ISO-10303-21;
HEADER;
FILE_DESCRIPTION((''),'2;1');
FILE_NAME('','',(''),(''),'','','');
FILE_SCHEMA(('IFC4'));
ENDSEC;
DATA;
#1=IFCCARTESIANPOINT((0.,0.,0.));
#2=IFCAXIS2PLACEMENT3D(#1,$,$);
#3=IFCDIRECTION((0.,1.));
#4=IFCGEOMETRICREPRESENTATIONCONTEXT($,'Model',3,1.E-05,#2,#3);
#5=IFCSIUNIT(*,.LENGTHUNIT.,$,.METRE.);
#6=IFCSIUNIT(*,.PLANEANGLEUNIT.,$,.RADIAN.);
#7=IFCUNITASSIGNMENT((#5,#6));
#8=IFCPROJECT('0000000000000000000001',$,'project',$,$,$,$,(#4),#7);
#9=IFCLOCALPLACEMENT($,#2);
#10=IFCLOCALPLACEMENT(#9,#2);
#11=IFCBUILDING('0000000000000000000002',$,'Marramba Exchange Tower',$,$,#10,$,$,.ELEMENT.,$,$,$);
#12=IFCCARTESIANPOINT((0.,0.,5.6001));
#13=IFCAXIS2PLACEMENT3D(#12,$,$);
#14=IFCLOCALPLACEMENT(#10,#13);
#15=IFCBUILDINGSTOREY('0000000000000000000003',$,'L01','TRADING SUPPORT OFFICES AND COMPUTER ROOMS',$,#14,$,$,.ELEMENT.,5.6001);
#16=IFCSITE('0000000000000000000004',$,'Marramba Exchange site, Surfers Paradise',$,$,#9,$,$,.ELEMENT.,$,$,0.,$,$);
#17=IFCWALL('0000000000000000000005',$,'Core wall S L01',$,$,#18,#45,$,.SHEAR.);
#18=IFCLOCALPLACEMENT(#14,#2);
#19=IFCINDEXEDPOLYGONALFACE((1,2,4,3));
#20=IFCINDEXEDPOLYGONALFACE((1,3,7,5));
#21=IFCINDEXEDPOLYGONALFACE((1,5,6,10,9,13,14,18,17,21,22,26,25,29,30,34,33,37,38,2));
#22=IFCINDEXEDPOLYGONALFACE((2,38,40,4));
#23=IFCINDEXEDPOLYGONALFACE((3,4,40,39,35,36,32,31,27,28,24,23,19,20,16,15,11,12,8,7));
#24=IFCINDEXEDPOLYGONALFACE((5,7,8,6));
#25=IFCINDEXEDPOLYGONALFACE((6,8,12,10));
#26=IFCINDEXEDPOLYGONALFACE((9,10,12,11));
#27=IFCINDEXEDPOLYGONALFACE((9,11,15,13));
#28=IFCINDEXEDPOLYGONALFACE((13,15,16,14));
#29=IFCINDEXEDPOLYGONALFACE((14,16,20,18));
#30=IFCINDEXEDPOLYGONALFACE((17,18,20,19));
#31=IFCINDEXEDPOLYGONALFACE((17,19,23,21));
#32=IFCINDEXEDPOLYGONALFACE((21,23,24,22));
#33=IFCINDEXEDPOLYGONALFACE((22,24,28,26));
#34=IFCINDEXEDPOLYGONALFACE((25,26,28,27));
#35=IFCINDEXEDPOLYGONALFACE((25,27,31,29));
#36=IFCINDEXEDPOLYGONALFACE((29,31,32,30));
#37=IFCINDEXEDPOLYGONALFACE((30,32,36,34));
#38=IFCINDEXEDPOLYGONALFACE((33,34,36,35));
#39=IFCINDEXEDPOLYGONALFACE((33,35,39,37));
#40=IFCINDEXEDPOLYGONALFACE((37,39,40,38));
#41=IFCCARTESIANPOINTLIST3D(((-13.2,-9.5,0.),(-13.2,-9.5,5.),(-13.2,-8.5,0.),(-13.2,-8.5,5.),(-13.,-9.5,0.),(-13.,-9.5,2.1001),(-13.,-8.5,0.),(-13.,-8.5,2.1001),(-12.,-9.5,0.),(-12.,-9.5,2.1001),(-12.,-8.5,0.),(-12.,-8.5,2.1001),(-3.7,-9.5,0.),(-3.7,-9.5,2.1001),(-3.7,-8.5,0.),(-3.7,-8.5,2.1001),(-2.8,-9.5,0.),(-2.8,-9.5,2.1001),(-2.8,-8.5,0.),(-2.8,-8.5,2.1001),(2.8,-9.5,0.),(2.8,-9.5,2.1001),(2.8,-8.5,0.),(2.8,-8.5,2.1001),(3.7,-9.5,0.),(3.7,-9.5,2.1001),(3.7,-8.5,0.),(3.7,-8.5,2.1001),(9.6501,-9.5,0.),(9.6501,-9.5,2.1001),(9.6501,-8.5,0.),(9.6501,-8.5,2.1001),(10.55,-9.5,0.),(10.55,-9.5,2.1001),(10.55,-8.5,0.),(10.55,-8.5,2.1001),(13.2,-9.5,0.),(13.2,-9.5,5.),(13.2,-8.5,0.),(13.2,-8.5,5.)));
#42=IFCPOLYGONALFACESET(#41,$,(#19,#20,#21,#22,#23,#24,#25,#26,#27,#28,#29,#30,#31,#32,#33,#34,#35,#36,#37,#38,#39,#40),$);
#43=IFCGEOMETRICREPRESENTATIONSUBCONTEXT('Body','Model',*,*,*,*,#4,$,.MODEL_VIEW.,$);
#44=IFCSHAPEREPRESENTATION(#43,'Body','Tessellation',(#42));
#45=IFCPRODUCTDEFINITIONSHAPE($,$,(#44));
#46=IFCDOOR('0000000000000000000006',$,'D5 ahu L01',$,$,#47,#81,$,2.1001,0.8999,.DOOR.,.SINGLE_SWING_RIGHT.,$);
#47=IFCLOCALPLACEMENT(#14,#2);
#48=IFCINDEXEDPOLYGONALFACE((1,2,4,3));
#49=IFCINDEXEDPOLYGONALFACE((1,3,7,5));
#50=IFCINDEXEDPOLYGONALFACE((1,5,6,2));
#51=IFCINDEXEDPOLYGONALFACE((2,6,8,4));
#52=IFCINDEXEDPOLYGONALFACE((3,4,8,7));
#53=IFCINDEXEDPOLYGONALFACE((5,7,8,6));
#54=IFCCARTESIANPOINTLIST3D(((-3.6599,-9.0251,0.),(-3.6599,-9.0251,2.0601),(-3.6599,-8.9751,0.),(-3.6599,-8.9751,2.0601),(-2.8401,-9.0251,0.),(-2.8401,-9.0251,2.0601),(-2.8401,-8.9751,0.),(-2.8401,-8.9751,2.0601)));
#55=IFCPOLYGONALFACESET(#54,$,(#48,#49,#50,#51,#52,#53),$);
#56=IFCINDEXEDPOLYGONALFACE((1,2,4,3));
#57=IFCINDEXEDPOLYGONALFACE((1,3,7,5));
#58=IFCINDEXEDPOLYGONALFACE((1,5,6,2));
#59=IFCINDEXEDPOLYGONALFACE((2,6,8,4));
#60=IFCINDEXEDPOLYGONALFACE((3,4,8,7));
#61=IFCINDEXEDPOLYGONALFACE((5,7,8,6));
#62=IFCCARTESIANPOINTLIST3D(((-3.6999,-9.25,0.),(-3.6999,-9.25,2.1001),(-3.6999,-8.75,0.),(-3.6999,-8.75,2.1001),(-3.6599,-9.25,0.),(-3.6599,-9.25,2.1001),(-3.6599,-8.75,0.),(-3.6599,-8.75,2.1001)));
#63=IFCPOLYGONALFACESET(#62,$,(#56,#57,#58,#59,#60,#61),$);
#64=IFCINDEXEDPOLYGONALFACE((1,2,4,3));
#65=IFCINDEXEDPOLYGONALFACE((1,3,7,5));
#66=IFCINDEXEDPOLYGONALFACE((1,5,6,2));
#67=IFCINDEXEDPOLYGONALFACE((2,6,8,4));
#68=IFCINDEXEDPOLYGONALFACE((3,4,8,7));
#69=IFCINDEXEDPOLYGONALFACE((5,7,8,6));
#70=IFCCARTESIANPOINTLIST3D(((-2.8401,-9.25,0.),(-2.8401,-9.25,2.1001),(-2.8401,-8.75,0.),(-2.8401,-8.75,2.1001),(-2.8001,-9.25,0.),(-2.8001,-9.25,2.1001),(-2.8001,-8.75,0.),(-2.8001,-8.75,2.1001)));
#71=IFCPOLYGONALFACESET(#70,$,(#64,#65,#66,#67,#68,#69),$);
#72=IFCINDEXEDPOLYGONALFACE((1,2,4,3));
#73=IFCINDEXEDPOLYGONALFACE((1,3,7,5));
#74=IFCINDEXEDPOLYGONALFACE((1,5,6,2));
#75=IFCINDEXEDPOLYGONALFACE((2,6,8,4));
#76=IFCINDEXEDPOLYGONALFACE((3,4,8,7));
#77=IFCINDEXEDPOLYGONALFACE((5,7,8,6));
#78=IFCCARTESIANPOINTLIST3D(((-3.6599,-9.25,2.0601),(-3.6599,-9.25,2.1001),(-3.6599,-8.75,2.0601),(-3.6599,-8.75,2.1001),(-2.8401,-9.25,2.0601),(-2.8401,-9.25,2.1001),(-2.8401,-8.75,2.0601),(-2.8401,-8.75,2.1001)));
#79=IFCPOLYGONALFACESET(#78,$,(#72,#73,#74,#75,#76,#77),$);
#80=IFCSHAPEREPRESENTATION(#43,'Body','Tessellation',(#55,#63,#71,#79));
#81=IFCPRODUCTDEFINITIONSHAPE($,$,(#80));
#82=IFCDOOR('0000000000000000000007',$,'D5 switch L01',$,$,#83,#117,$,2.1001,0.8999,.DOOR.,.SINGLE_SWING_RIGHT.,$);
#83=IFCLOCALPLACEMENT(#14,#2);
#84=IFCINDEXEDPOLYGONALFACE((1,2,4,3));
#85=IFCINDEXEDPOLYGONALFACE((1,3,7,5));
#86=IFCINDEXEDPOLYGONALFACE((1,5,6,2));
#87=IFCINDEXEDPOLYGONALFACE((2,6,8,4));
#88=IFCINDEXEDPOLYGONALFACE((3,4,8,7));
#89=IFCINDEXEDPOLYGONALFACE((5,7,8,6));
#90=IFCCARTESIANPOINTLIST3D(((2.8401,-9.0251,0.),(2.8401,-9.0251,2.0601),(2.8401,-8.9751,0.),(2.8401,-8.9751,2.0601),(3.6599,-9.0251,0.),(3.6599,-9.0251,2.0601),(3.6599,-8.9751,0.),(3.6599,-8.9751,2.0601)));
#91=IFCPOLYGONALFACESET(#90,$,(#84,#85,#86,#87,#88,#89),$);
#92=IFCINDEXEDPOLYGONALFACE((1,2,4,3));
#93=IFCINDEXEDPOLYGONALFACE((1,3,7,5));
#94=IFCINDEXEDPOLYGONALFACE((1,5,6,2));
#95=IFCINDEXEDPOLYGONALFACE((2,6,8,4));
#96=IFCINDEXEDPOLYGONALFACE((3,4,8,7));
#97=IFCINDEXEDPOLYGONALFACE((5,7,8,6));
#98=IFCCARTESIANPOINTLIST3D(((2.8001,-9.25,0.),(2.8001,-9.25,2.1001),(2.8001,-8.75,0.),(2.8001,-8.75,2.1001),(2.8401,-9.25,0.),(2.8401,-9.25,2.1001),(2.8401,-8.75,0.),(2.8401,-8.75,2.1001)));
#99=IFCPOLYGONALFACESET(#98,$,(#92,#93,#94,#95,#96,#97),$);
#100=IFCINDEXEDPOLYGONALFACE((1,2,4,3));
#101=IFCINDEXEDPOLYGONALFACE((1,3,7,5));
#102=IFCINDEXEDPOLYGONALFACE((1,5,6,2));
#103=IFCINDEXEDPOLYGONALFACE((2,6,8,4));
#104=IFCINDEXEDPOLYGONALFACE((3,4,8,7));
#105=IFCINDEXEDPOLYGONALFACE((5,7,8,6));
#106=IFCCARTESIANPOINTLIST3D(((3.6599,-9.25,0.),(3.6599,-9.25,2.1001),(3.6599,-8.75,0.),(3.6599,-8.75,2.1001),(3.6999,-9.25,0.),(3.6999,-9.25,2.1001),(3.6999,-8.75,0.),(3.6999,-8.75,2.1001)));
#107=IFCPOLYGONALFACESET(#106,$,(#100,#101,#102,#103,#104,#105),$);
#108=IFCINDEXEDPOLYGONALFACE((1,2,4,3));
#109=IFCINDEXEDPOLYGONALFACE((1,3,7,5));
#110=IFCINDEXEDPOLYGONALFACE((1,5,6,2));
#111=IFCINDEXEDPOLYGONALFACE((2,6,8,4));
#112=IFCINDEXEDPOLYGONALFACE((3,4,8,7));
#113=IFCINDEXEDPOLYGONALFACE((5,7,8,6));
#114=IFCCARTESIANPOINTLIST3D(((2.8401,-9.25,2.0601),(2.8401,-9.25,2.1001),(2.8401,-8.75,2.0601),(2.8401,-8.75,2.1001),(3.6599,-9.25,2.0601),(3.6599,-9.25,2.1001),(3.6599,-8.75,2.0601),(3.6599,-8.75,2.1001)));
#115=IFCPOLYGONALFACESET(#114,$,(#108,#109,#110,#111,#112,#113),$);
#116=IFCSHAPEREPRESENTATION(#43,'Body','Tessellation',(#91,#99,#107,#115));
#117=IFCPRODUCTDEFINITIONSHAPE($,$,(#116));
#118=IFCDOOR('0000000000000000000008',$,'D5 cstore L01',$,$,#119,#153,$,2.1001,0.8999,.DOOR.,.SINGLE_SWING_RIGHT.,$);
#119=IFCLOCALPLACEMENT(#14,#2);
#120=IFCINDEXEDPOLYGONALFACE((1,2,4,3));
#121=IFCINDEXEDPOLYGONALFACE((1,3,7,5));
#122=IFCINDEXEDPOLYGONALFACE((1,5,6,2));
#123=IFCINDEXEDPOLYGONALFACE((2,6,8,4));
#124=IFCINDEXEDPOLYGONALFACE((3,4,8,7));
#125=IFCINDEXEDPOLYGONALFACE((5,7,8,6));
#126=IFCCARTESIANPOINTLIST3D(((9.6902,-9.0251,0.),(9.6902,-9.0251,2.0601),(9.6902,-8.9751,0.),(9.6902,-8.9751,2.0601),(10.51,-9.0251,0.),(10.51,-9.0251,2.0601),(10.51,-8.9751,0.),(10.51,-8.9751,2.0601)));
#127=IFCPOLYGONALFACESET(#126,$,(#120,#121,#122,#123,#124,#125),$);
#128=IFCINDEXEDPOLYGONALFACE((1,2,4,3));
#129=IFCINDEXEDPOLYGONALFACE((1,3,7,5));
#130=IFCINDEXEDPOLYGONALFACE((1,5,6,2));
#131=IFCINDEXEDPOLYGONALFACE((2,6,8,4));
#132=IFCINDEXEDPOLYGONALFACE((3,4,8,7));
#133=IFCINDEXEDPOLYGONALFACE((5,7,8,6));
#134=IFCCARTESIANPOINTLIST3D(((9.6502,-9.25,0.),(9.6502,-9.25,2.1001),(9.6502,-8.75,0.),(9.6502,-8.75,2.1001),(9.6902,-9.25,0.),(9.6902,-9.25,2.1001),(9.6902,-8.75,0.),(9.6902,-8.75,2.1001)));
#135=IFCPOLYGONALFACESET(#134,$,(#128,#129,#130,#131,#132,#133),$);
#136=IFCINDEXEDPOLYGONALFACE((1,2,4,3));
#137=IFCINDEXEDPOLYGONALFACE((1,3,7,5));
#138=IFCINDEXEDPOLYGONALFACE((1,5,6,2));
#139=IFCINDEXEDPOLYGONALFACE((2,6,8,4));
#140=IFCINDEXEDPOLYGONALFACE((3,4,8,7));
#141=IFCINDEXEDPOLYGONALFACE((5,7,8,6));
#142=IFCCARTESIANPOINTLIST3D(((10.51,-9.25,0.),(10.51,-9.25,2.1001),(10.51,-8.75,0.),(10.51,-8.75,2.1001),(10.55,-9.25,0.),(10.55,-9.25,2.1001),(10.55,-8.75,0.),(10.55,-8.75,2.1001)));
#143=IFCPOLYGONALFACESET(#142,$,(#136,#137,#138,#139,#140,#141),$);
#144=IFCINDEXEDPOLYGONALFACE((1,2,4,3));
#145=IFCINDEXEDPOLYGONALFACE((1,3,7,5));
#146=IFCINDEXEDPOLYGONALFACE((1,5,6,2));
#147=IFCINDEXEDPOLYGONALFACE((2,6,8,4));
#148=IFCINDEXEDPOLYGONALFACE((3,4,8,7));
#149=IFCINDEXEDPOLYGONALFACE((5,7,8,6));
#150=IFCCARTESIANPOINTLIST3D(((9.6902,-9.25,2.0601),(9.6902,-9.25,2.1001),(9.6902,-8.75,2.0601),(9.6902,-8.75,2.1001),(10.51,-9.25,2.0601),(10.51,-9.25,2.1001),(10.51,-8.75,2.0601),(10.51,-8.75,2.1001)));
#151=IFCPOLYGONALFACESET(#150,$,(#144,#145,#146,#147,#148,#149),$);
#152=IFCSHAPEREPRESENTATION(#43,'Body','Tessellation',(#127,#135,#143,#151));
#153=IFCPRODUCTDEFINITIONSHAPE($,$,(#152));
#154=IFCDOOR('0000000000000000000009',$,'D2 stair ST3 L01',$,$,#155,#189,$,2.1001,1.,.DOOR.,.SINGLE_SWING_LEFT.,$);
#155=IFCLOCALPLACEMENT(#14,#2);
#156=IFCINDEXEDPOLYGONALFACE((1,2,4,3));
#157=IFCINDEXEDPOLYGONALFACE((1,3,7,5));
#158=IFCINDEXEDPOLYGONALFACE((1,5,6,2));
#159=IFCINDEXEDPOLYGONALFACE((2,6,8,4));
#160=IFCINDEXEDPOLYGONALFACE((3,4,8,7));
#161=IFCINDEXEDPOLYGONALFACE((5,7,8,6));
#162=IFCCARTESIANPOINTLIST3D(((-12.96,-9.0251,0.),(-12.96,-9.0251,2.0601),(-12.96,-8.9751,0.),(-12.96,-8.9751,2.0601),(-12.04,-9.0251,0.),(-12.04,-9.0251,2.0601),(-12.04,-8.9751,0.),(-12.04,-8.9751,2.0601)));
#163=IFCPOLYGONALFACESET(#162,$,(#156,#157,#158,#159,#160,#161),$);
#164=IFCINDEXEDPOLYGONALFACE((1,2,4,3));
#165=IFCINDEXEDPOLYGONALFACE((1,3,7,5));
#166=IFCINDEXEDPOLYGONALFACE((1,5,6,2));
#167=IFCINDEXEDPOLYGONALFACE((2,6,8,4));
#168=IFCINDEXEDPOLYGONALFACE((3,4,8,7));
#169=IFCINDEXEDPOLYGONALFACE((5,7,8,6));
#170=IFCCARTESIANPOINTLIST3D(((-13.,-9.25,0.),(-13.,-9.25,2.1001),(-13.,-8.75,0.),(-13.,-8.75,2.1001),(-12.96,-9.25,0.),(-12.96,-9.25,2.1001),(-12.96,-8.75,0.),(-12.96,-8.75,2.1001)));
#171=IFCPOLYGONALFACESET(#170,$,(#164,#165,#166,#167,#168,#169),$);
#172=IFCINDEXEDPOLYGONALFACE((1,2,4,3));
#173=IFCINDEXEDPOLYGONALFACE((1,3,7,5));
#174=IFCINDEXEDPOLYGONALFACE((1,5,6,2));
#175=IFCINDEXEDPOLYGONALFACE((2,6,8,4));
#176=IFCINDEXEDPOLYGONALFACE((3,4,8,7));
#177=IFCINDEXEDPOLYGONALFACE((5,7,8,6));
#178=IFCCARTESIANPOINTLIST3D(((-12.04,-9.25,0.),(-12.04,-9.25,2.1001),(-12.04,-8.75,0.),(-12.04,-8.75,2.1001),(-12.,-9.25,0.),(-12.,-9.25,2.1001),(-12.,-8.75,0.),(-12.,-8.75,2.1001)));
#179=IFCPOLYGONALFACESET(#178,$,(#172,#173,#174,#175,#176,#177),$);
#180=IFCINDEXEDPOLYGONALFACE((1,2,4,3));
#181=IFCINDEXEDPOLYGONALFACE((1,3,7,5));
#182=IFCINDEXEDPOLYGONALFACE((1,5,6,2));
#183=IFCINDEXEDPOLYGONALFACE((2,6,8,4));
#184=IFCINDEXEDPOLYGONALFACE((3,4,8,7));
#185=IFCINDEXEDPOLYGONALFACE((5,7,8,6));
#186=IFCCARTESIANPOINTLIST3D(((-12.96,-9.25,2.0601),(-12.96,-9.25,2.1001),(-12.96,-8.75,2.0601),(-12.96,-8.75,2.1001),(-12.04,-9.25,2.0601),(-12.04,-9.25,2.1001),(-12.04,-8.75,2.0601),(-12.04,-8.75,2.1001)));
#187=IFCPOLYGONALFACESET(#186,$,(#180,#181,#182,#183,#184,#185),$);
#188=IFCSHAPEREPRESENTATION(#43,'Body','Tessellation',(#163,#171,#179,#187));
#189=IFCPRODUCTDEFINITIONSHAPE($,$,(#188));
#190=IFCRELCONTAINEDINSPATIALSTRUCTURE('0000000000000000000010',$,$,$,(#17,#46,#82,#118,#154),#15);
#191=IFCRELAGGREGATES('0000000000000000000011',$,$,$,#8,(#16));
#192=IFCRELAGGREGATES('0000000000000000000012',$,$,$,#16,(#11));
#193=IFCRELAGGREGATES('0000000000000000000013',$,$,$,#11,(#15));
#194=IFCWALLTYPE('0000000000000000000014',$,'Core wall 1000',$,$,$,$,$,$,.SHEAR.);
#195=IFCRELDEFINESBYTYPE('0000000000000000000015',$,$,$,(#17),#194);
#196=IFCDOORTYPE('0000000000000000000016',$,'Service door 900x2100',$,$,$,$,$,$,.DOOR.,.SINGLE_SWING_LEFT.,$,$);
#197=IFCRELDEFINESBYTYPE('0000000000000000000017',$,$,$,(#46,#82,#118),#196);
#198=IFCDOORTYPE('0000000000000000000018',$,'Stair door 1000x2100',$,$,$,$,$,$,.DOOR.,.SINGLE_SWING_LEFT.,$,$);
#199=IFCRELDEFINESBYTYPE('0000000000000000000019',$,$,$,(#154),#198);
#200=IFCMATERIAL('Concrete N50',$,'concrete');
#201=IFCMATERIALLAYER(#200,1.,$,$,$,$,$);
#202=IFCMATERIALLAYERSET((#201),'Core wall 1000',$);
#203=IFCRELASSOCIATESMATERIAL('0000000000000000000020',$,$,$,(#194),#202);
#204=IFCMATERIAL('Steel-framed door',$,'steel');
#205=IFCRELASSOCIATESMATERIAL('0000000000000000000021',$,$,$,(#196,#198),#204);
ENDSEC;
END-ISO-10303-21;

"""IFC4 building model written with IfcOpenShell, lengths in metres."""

from ifc_helpers import new_model, si_unit, direction, frame, frame_2d, origin, place, context, subcontext, project, spatial, rectangle, extrude, material, layer, layer_set, type_object, element, fill, save


model = new_model("IFC4")

# Units and contexts
model_context = context("Model", 3, precision=1e-05, world=origin(), true_north=direction((0.0, 1.0)))
body_context = subcontext(model_context, "Body", "Model", "MODEL_VIEW")
ifc_project = project(units=[si_unit("LENGTHUNIT", "METRE"), si_unit("PLANEANGLEUNIT", "RADIAN")], contexts=[model_context])

# Site, building, storey
site_placement = place(None, origin())
site = spatial("IfcSite", under=ifc_project, at=site_placement, Name="Marramba Exchange site, Surfers Paradise", CompositionType="ELEMENT", RefElevation=0.0)
building_placement = place(site_placement, origin())
building = spatial("IfcBuilding", under=site, at=building_placement, Name="Marramba Exchange Tower", CompositionType="ELEMENT")
storey_placement = place(building_placement, frame((0.0, 0.0, 5.6001)))
storey = spatial("IfcBuildingStorey", under=building, at=storey_placement, Name="L01", Description="TRADING SUPPORT OFFICES AND COMPUTER ROOMS", CompositionType="ELEMENT", Elevation=5.6001)

# Shared definitions
ifc_material_1 = material(Name="Concrete N50", Category="concrete")

# Wall, openings, doors
ifc_layer_1 = layer(ifc_material_1, 1.0)
ifc_layer_set_1 = layer_set([ifc_layer_1], Name="Core wall 1000")
wall_type_1 = type_object("IfcWallType", Name="Core wall 1000", PredefinedType="SHEAR", material=ifc_layer_set_1)
wall_1_placement = place(storey_placement, frame((-13.2, -9.0, 0.0), z_axis=(0.0, 0.0, 1.0), x_axis=(1.0, 0.0, 0.0)))
wall_1 = element("IfcWall", 1, at=wall_1_placement, inside=storey, type_object=wall_type_1, Name="Core wall S L01", PredefinedType="SHEAR", context=body_context, shape_type="SweptSolid", body=[
    extrude(rectangle(XDim=26.3999, YDim=1.0, at=frame_2d((13.2, 0.0))), origin(), (0.0, 0.0, 1.0), 5.0),
])
opening_1_placement = place(wall_1_placement, frame((0.2, 0.0, 0.0)))
opening_1 = element("IfcOpeningElement", 2, at=opening_1_placement, cuts=wall_1, PredefinedType="OPENING", context=body_context, shape_type="SweptSolid", body=[
    extrude(rectangle(XDim=1.0, YDim=2.1001, at=frame_2d((0.5, 1.05))), frame((0.0, 0.51, 0.0), z_axis=(0.0, -1.0, 0.0), x_axis=(1.0, 0.0, 0.0)), (0.0, 0.0, 1.0), 1.02),
])
opening_2_placement = place(wall_1_placement, frame((9.5, 0.0, 0.0)))
opening_2 = element("IfcOpeningElement", 3, at=opening_2_placement, cuts=wall_1, PredefinedType="OPENING", context=body_context, shape_type="SweptSolid", body=[
    extrude(rectangle(XDim=0.8999, YDim=2.1001, at=frame_2d((0.45, 1.05))), frame((0.0, 0.51, 0.0), z_axis=(0.0, -1.0, 0.0), x_axis=(1.0, 0.0, 0.0)), (0.0, 0.0, 1.0), 1.02),
])
opening_3_placement = place(wall_1_placement, frame((16.0, 0.0, 0.0)))
opening_3 = element("IfcOpeningElement", 4, at=opening_3_placement, cuts=wall_1, PredefinedType="OPENING", context=body_context, shape_type="SweptSolid", body=[
    extrude(rectangle(XDim=0.8999, YDim=2.1001, at=frame_2d((0.45, 1.05))), frame((0.0, 0.51, 0.0), z_axis=(0.0, -1.0, 0.0), x_axis=(1.0, 0.0, 0.0)), (0.0, 0.0, 1.0), 1.02),
])
opening_4_placement = place(wall_1_placement, frame((22.8501, 0.0, 0.0)))
opening_4 = element("IfcOpeningElement", 5, at=opening_4_placement, cuts=wall_1, PredefinedType="OPENING", context=body_context, shape_type="SweptSolid", body=[
    extrude(rectangle(XDim=0.8999, YDim=2.1001, at=frame_2d((0.45, 1.05))), frame((0.0, 0.51, 0.0), z_axis=(0.0, -1.0, 0.0), x_axis=(1.0, 0.0, 0.0)), (0.0, 0.0, 1.0), 1.02),
])
ifc_material_2 = material(Name="Steel-framed door", Category="steel")
door_type_1 = type_object("IfcDoorType", Name="Service door 900x2100", OperationType="SINGLE_SWING_LEFT", PredefinedType="DOOR", material=ifc_material_2)
door_1_placement = place(opening_2_placement, origin())
door_1 = element("IfcDoor", 6, at=door_1_placement, inside=storey, type_object=door_type_1, Name="D5 ahu L01", OperationType="SINGLE_SWING_RIGHT", OverallHeight=2.1001, OverallWidth=0.8999, PredefinedType="DOOR", context=body_context, shape_type="SweptSolid", body=[
    extrude(rectangle(XDim=0.8198, YDim=2.0601, at=frame_2d((0.45, 1.03))), frame((0.0, 0.0249, 0.0), z_axis=(0.0, -1.0, 0.0), x_axis=(1.0, 0.0, 0.0)), (0.0, 0.0, 1.0), 0.05),
    extrude(rectangle(XDim=0.04, YDim=2.1001, at=frame_2d((0.02, 1.05))), frame((0.0, 0.25, 0.0), z_axis=(0.0, -1.0, 0.0), x_axis=(1.0, 0.0, 0.0)), (0.0, 0.0, 1.0), 0.5),
    extrude(rectangle(XDim=0.04, YDim=2.1001, at=frame_2d((0.8799, 1.05))), frame((0.0, 0.25, 0.0), z_axis=(0.0, -1.0, 0.0), x_axis=(1.0, 0.0, 0.0)), (0.0, 0.0, 1.0), 0.5),
    extrude(rectangle(XDim=0.8198, YDim=0.04, at=frame_2d((0.45, 2.0801))), frame((0.0, 0.25, 0.0), z_axis=(0.0, -1.0, 0.0), x_axis=(1.0, 0.0, 0.0)), (0.0, 0.0, 1.0), 0.5),
])
fill(opening_2, door_1)
door_2_placement = place(opening_3_placement, origin())
door_2 = element("IfcDoor", 7, at=door_2_placement, inside=storey, type_object=door_type_1, Name="D5 switch L01", OperationType="SINGLE_SWING_RIGHT", OverallHeight=2.1001, OverallWidth=0.8999, PredefinedType="DOOR", context=body_context, shape_type="SweptSolid", body=[
    extrude(rectangle(XDim=0.8198, YDim=2.0601, at=frame_2d((0.45, 1.03))), frame((0.0, 0.0249, 0.0), z_axis=(0.0, -1.0, 0.0), x_axis=(1.0, 0.0, 0.0)), (0.0, 0.0, 1.0), 0.05),
    extrude(rectangle(XDim=0.04, YDim=2.1001, at=frame_2d((0.02, 1.05))), frame((0.0, 0.25, 0.0), z_axis=(0.0, -1.0, 0.0), x_axis=(1.0, 0.0, 0.0)), (0.0, 0.0, 1.0), 0.5),
    extrude(rectangle(XDim=0.04, YDim=2.1001, at=frame_2d((0.8799, 1.05))), frame((0.0, 0.25, 0.0), z_axis=(0.0, -1.0, 0.0), x_axis=(1.0, 0.0, 0.0)), (0.0, 0.0, 1.0), 0.5),
    extrude(rectangle(XDim=0.8198, YDim=0.04, at=frame_2d((0.45, 2.0801))), frame((0.0, 0.25, 0.0), z_axis=(0.0, -1.0, 0.0), x_axis=(1.0, 0.0, 0.0)), (0.0, 0.0, 1.0), 0.5),
])
fill(opening_3, door_2)
door_3_placement = place(opening_4_placement, origin())
door_3 = element("IfcDoor", 8, at=door_3_placement, inside=storey, type_object=door_type_1, Name="D5 cstore L01", OperationType="SINGLE_SWING_RIGHT", OverallHeight=2.1001, OverallWidth=0.8999, PredefinedType="DOOR", context=body_context, shape_type="SweptSolid", body=[
    extrude(rectangle(XDim=0.8198, YDim=2.0601, at=frame_2d((0.45, 1.03))), frame((0.0, 0.0249, 0.0), z_axis=(0.0, -1.0, 0.0), x_axis=(1.0, 0.0, 0.0)), (0.0, 0.0, 1.0), 0.05),
    extrude(rectangle(XDim=0.04, YDim=2.1001, at=frame_2d((0.02, 1.05))), frame((0.0, 0.25, 0.0), z_axis=(0.0, -1.0, 0.0), x_axis=(1.0, 0.0, 0.0)), (0.0, 0.0, 1.0), 0.5),
    extrude(rectangle(XDim=0.04, YDim=2.1001, at=frame_2d((0.8799, 1.05))), frame((0.0, 0.25, 0.0), z_axis=(0.0, -1.0, 0.0), x_axis=(1.0, 0.0, 0.0)), (0.0, 0.0, 1.0), 0.5),
    extrude(rectangle(XDim=0.8198, YDim=0.04, at=frame_2d((0.45, 2.0801))), frame((0.0, 0.25, 0.0), z_axis=(0.0, -1.0, 0.0), x_axis=(1.0, 0.0, 0.0)), (0.0, 0.0, 1.0), 0.5),
])
fill(opening_4, door_3)
door_type_2 = type_object("IfcDoorType", Name="Stair door 1000x2100", OperationType="SINGLE_SWING_LEFT", PredefinedType="DOOR", material=ifc_material_2)
door_4_placement = place(opening_1_placement, origin())
door_4 = element("IfcDoor", 9, at=door_4_placement, inside=storey, type_object=door_type_2, Name="D2 stair ST3 L01", OperationType="SINGLE_SWING_LEFT", OverallHeight=2.1001, OverallWidth=1.0, PredefinedType="DOOR", context=body_context, shape_type="SweptSolid", body=[
    extrude(rectangle(XDim=0.9199, YDim=2.0601, at=frame_2d((0.5, 1.03))), frame((0.0, 0.0249, 0.0), z_axis=(0.0, -1.0, 0.0), x_axis=(1.0, 0.0, 0.0)), (0.0, 0.0, 1.0), 0.05),
    extrude(rectangle(XDim=0.04, YDim=2.1001, at=frame_2d((0.02, 1.05))), frame((0.0, 0.25, 0.0), z_axis=(0.0, -1.0, 0.0), x_axis=(1.0, 0.0, 0.0)), (0.0, 0.0, 1.0), 0.5),
    extrude(rectangle(XDim=0.04, YDim=2.1001, at=frame_2d((0.98, 1.05))), frame((0.0, 0.25, 0.0), z_axis=(0.0, -1.0, 0.0), x_axis=(1.0, 0.0, 0.0)), (0.0, 0.0, 1.0), 0.5),
    extrude(rectangle(XDim=0.9199, YDim=0.04, at=frame_2d((0.5, 2.0801))), frame((0.0, 0.25, 0.0), z_axis=(0.0, -1.0, 0.0), x_axis=(1.0, 0.0, 0.0)), (0.0, 0.0, 1.0), 0.5),
])
fill(opening_1, door_4)

save(model, "model.ifc")
